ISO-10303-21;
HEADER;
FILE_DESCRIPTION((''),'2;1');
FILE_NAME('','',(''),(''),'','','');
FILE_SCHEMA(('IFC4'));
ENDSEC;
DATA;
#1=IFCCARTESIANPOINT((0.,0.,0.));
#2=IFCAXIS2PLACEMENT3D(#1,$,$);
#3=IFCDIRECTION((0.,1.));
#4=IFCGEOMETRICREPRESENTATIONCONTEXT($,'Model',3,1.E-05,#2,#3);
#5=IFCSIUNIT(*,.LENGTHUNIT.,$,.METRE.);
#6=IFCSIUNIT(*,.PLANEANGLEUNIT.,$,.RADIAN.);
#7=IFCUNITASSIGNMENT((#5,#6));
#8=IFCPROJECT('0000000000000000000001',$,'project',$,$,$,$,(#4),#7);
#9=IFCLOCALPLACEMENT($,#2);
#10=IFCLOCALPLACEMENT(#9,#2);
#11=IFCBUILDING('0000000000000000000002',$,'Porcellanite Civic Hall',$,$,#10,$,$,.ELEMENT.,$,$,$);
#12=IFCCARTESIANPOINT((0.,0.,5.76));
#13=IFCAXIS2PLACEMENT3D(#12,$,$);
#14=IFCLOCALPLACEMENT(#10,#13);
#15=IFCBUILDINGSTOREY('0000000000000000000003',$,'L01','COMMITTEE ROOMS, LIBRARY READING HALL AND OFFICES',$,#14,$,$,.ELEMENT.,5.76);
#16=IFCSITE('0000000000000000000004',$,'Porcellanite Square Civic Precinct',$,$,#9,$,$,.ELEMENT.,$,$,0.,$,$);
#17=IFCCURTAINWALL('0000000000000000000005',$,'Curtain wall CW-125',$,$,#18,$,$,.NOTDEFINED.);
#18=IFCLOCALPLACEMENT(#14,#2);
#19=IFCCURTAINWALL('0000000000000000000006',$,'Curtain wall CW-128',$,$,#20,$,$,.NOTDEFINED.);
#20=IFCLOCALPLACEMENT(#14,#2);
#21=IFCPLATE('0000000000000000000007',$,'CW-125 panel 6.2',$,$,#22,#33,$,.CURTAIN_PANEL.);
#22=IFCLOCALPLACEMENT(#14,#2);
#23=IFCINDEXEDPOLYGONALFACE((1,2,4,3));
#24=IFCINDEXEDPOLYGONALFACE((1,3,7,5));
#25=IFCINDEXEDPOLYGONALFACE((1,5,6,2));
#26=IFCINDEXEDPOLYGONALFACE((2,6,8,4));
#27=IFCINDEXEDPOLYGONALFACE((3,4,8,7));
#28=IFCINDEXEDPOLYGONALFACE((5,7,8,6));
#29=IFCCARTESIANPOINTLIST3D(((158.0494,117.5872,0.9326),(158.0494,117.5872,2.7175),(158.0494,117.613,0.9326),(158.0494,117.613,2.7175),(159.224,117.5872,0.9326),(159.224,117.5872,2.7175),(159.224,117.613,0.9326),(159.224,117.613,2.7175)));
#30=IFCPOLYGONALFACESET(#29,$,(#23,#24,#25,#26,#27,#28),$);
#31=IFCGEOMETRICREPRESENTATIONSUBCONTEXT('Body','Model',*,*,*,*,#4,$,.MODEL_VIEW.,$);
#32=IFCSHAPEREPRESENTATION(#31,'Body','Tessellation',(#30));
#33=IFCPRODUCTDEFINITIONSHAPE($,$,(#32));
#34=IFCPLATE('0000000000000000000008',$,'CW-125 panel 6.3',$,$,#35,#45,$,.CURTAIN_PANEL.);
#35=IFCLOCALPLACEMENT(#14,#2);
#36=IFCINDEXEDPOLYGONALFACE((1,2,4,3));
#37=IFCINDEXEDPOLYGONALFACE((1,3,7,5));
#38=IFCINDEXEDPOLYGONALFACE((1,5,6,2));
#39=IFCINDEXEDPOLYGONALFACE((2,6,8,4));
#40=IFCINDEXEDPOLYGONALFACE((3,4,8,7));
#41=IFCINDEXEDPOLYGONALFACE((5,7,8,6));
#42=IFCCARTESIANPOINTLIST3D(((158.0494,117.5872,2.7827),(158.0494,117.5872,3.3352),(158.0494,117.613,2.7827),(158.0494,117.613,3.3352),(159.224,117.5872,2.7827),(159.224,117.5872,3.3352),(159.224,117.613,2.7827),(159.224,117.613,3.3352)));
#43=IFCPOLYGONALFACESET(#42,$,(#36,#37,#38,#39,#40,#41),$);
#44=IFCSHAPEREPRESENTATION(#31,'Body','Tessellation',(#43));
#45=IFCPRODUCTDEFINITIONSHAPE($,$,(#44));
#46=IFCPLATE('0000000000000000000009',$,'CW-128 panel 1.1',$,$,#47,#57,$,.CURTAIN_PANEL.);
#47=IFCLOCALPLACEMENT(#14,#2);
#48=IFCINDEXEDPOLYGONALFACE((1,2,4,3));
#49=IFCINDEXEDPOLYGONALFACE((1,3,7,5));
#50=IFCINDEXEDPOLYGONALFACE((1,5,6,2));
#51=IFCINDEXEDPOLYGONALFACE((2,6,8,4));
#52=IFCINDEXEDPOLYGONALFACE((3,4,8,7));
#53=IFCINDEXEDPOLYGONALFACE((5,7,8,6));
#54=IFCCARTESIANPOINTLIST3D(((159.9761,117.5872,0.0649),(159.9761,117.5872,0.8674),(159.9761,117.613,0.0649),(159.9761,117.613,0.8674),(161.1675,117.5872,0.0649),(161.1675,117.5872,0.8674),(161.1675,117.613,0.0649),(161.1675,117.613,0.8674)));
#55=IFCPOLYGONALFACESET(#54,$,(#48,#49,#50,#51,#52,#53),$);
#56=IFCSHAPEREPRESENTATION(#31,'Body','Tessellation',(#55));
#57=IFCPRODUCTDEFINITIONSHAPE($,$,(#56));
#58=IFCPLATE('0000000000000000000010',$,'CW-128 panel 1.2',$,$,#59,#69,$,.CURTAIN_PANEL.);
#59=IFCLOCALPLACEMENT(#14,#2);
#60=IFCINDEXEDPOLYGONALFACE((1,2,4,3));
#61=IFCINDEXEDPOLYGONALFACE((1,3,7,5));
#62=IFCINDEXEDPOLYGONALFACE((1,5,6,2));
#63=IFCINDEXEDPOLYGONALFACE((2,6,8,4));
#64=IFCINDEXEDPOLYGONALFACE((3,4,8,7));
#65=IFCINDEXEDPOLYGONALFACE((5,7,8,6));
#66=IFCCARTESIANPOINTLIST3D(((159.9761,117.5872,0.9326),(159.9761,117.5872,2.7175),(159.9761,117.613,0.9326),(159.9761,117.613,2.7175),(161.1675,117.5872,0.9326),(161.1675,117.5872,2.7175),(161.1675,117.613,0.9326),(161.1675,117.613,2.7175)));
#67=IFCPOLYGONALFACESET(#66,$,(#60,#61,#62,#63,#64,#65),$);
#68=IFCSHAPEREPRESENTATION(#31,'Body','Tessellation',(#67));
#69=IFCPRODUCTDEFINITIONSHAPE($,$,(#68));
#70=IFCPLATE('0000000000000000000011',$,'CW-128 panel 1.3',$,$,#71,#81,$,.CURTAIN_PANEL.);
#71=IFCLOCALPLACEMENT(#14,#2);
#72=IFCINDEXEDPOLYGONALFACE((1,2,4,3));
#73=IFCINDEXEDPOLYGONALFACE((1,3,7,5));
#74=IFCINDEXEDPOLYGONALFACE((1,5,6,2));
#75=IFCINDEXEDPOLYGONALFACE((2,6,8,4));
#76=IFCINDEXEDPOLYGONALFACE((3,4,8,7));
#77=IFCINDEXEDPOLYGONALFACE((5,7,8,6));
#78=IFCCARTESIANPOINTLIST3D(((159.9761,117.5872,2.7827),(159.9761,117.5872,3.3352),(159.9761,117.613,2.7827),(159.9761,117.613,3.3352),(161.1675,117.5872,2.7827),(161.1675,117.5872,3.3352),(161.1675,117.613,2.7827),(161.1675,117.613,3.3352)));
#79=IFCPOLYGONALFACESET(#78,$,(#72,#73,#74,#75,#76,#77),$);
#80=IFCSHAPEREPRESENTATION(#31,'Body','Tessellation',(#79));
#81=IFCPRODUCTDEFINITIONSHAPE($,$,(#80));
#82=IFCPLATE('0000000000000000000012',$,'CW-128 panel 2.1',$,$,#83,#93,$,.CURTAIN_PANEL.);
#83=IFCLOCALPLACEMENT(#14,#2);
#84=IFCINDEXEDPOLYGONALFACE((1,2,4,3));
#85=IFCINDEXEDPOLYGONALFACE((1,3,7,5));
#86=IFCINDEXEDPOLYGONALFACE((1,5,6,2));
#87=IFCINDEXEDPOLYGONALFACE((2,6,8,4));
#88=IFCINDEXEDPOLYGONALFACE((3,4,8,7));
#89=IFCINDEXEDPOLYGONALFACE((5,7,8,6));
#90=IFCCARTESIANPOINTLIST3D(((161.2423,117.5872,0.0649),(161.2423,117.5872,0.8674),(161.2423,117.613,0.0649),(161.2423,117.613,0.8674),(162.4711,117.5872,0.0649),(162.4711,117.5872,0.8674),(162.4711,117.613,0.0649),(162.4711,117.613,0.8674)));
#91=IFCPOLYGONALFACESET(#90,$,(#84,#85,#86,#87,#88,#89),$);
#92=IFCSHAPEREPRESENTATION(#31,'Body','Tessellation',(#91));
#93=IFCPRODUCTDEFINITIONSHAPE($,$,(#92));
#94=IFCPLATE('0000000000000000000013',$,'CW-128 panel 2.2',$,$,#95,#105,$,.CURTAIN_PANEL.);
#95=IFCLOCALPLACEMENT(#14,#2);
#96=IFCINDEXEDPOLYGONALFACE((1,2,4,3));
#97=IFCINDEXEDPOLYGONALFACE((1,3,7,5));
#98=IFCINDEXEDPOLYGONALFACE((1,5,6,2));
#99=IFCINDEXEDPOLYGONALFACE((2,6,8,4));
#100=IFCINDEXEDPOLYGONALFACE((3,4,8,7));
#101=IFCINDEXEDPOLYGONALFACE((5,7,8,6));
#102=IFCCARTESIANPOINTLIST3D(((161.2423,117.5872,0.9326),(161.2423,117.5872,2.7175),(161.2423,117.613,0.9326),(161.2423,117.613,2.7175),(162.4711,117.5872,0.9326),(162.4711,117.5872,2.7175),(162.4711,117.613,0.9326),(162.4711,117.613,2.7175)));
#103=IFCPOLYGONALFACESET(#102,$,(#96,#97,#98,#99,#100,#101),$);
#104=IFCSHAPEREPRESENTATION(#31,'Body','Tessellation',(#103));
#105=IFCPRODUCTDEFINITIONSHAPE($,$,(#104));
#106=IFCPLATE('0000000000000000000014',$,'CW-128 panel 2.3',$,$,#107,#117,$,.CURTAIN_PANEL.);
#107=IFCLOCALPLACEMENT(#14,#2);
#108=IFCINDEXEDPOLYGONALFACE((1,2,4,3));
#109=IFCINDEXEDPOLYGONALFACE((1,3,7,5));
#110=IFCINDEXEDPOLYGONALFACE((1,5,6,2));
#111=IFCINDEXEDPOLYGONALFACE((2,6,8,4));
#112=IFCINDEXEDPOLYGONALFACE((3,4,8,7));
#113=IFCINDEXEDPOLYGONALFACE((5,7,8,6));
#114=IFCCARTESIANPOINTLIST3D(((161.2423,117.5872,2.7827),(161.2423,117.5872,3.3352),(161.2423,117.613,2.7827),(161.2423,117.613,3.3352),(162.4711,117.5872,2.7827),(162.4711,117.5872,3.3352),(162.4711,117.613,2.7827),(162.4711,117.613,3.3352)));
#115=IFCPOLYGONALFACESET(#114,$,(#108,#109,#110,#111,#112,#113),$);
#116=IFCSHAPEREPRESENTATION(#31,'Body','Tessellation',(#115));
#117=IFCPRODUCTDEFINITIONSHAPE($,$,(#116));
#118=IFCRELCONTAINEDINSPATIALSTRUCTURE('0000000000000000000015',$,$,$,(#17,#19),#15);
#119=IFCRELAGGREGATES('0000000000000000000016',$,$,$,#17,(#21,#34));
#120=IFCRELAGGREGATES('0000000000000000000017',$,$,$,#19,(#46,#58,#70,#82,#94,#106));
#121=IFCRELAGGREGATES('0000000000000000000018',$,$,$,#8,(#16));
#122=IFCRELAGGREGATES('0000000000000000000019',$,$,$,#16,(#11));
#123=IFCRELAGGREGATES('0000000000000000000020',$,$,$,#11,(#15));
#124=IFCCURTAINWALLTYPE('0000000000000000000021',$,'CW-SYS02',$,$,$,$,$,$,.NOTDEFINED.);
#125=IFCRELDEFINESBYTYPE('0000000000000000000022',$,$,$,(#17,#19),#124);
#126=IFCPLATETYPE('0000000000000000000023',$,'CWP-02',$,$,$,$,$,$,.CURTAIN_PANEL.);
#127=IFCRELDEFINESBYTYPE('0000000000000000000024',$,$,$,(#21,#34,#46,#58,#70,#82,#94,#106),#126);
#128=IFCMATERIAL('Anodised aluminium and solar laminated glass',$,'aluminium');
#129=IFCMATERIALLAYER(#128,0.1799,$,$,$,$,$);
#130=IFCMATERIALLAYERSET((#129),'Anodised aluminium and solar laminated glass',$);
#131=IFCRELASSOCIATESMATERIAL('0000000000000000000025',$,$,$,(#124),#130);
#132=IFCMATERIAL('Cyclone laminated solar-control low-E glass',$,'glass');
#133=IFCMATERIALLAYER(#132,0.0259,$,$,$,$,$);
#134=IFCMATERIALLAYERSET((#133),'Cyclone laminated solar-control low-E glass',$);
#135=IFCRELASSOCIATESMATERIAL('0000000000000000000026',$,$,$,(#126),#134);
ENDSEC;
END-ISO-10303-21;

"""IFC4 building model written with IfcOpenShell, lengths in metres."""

from ifc_helpers import new_model, si_unit, direction, frame, origin, origin_2d, place, context, subcontext, project, spatial, rectangle, extrude, material, layer, layer_set, type_object, element, aggregate, save


model = new_model("IFC4")

# Units and contexts
model_context = context("Model", 3, precision=1e-05, world=origin(), true_north=direction((0.0, 1.0)))
body_context = subcontext(model_context, "Body", "Model", "MODEL_VIEW")
ifc_project = project(units=[si_unit("LENGTHUNIT", "METRE"), si_unit("PLANEANGLEUNIT", "RADIAN")], contexts=[model_context])

# Site, building, storey
site_placement = place(None, origin())
site = spatial("IfcSite", under=ifc_project, at=site_placement, Name="Porcellanite Square Civic Precinct", CompositionType="ELEMENT", RefElevation=0.0)
building_placement = place(site_placement, origin())
building = spatial("IfcBuilding", under=site, at=building_placement, Name="Porcellanite Civic Hall", CompositionType="ELEMENT")
storey_placement = place(building_placement, frame((0.0, 0.0, 5.76)))
storey = spatial("IfcBuildingStorey", under=building, at=storey_placement, Name="L01", Description="COMMITTEE ROOMS, LIBRARY READING HALL AND OFFICES", CompositionType="ELEMENT", Elevation=5.76)

# Curtain walls
ifc_material_1 = material(Name="Anodised aluminium and solar laminated glass", Category="aluminium")
ifc_layer_1 = layer(ifc_material_1, 0.1799)
ifc_layer_set_1 = layer_set([ifc_layer_1], Name="Anodised aluminium and solar laminated glass")
curtain_wall_type = type_object("IfcCurtainWallType", Name="CW-SYS02", PredefinedType="NOTDEFINED", material=ifc_layer_set_1)
curtain_wall_1_placement = place(storey_placement, origin())
curtain_wall_1 = element("IfcCurtainWall", 1, at=curtain_wall_1_placement, inside=storey, type_object=curtain_wall_type, Name="Curtain wall CW-125", PredefinedType="NOTDEFINED")
curtain_wall_2_placement = place(storey_placement, origin())
curtain_wall_2 = element("IfcCurtainWall", 2, at=curtain_wall_2_placement, inside=storey, type_object=curtain_wall_type, Name="Curtain wall CW-128", PredefinedType="NOTDEFINED")

# Plates
ifc_material_2 = material(Name="Cyclone laminated solar-control low-E glass", Category="glass")
ifc_layer_2 = layer(ifc_material_2, 0.0259)
ifc_layer_set_2 = layer_set([ifc_layer_2], Name="Cyclone laminated solar-control low-E glass")
plate_type = type_object("IfcPlateType", Name="CWP-02", PredefinedType="CURTAIN_PANEL", material=ifc_layer_set_2)
plate_1_placement = place(storey_placement, frame((158.6367, 117.6001, 0.9326), z_axis=(0.0, 0.0, 1.0), x_axis=(1.0, 0.0, 0.0)))
plate_1 = element("IfcPlate", 3, at=plate_1_placement, type_object=plate_type, Name="CW-125 panel 6.2", PredefinedType="CURTAIN_PANEL", context=body_context, shape_type="SweptSolid", body=[
    extrude(rectangle(XDim=1.1746, YDim=0.0259, at=origin_2d()), origin(), (0.0, 0.0, 1.0), 1.7849),
])
plate_2_placement = place(storey_placement, frame((158.6367, 117.6001, 2.7827), z_axis=(0.0, 0.0, 1.0), x_axis=(1.0, 0.0, 0.0)))
plate_2 = element("IfcPlate", 4, at=plate_2_placement, type_object=plate_type, Name="CW-125 panel 6.3", PredefinedType="CURTAIN_PANEL", context=body_context, shape_type="SweptSolid", body=[
    extrude(rectangle(XDim=1.1746, YDim=0.0259, at=origin_2d()), origin(), (0.0, 0.0, 1.0), 0.5525),
])
aggregate(curtain_wall_1, [plate_1, plate_2])
plate_3_placement = place(storey_placement, frame((160.5718, 117.6001, 0.0649), z_axis=(0.0, 0.0, 1.0), x_axis=(1.0, 0.0, 0.0)))
plate_3 = element("IfcPlate", 5, at=plate_3_placement, type_object=plate_type, Name="CW-128 panel 1.1", PredefinedType="CURTAIN_PANEL", context=body_context, shape_type="SweptSolid", body=[
    extrude(rectangle(XDim=1.1914, YDim=0.0259, at=origin_2d()), origin(), (0.0, 0.0, 1.0), 0.8025),
])
plate_4_placement = place(storey_placement, frame((160.5718, 117.6001, 0.9326), z_axis=(0.0, 0.0, 1.0), x_axis=(1.0, 0.0, 0.0)))
plate_4 = element("IfcPlate", 6, at=plate_4_placement, type_object=plate_type, Name="CW-128 panel 1.2", PredefinedType="CURTAIN_PANEL", context=body_context, shape_type="SweptSolid", body=[
    extrude(rectangle(XDim=1.1914, YDim=0.0259, at=origin_2d()), origin(), (0.0, 0.0, 1.0), 1.7849),
])
plate_5_placement = place(storey_placement, frame((160.5718, 117.6001, 2.7827), z_axis=(0.0, 0.0, 1.0), x_axis=(1.0, 0.0, 0.0)))
plate_5 = element("IfcPlate", 7, at=plate_5_placement, type_object=plate_type, Name="CW-128 panel 1.3", PredefinedType="CURTAIN_PANEL", context=body_context, shape_type="SweptSolid", body=[
    extrude(rectangle(XDim=1.1914, YDim=0.0259, at=origin_2d()), origin(), (0.0, 0.0, 1.0), 0.5525),
])
plate_6_placement = place(storey_placement, frame((161.8567, 117.6001, 0.0649), z_axis=(0.0, 0.0, 1.0), x_axis=(1.0, 0.0, 0.0)))
plate_6 = element("IfcPlate", 8, at=plate_6_placement, type_object=plate_type, Name="CW-128 panel 2.1", PredefinedType="CURTAIN_PANEL", context=body_context, shape_type="SweptSolid", body=[
    extrude(rectangle(XDim=1.2288, YDim=0.0259, at=origin_2d()), origin(), (0.0, 0.0, 1.0), 0.8025),
])
plate_7_placement = place(storey_placement, frame((161.8567, 117.6001, 0.9326), z_axis=(0.0, 0.0, 1.0), x_axis=(1.0, 0.0, 0.0)))
plate_7 = element("IfcPlate", 9, at=plate_7_placement, type_object=plate_type, Name="CW-128 panel 2.2", PredefinedType="CURTAIN_PANEL", context=body_context, shape_type="SweptSolid", body=[
    extrude(rectangle(XDim=1.2288, YDim=0.0259, at=origin_2d()), origin(), (0.0, 0.0, 1.0), 1.7849),
])
plate_8_placement = place(storey_placement, frame((161.8567, 117.6001, 2.7827), z_axis=(0.0, 0.0, 1.0), x_axis=(1.0, 0.0, 0.0)))
plate_8 = element("IfcPlate", 10, at=plate_8_placement, type_object=plate_type, Name="CW-128 panel 2.3", PredefinedType="CURTAIN_PANEL", context=body_context, shape_type="SweptSolid", body=[
    extrude(rectangle(XDim=1.2288, YDim=0.0259, at=origin_2d()), origin(), (0.0, 0.0, 1.0), 0.5525),
])
aggregate(curtain_wall_2, [plate_3, plate_4, plate_5, plate_6, plate_7, plate_8])

save(model, "model.ifc")
